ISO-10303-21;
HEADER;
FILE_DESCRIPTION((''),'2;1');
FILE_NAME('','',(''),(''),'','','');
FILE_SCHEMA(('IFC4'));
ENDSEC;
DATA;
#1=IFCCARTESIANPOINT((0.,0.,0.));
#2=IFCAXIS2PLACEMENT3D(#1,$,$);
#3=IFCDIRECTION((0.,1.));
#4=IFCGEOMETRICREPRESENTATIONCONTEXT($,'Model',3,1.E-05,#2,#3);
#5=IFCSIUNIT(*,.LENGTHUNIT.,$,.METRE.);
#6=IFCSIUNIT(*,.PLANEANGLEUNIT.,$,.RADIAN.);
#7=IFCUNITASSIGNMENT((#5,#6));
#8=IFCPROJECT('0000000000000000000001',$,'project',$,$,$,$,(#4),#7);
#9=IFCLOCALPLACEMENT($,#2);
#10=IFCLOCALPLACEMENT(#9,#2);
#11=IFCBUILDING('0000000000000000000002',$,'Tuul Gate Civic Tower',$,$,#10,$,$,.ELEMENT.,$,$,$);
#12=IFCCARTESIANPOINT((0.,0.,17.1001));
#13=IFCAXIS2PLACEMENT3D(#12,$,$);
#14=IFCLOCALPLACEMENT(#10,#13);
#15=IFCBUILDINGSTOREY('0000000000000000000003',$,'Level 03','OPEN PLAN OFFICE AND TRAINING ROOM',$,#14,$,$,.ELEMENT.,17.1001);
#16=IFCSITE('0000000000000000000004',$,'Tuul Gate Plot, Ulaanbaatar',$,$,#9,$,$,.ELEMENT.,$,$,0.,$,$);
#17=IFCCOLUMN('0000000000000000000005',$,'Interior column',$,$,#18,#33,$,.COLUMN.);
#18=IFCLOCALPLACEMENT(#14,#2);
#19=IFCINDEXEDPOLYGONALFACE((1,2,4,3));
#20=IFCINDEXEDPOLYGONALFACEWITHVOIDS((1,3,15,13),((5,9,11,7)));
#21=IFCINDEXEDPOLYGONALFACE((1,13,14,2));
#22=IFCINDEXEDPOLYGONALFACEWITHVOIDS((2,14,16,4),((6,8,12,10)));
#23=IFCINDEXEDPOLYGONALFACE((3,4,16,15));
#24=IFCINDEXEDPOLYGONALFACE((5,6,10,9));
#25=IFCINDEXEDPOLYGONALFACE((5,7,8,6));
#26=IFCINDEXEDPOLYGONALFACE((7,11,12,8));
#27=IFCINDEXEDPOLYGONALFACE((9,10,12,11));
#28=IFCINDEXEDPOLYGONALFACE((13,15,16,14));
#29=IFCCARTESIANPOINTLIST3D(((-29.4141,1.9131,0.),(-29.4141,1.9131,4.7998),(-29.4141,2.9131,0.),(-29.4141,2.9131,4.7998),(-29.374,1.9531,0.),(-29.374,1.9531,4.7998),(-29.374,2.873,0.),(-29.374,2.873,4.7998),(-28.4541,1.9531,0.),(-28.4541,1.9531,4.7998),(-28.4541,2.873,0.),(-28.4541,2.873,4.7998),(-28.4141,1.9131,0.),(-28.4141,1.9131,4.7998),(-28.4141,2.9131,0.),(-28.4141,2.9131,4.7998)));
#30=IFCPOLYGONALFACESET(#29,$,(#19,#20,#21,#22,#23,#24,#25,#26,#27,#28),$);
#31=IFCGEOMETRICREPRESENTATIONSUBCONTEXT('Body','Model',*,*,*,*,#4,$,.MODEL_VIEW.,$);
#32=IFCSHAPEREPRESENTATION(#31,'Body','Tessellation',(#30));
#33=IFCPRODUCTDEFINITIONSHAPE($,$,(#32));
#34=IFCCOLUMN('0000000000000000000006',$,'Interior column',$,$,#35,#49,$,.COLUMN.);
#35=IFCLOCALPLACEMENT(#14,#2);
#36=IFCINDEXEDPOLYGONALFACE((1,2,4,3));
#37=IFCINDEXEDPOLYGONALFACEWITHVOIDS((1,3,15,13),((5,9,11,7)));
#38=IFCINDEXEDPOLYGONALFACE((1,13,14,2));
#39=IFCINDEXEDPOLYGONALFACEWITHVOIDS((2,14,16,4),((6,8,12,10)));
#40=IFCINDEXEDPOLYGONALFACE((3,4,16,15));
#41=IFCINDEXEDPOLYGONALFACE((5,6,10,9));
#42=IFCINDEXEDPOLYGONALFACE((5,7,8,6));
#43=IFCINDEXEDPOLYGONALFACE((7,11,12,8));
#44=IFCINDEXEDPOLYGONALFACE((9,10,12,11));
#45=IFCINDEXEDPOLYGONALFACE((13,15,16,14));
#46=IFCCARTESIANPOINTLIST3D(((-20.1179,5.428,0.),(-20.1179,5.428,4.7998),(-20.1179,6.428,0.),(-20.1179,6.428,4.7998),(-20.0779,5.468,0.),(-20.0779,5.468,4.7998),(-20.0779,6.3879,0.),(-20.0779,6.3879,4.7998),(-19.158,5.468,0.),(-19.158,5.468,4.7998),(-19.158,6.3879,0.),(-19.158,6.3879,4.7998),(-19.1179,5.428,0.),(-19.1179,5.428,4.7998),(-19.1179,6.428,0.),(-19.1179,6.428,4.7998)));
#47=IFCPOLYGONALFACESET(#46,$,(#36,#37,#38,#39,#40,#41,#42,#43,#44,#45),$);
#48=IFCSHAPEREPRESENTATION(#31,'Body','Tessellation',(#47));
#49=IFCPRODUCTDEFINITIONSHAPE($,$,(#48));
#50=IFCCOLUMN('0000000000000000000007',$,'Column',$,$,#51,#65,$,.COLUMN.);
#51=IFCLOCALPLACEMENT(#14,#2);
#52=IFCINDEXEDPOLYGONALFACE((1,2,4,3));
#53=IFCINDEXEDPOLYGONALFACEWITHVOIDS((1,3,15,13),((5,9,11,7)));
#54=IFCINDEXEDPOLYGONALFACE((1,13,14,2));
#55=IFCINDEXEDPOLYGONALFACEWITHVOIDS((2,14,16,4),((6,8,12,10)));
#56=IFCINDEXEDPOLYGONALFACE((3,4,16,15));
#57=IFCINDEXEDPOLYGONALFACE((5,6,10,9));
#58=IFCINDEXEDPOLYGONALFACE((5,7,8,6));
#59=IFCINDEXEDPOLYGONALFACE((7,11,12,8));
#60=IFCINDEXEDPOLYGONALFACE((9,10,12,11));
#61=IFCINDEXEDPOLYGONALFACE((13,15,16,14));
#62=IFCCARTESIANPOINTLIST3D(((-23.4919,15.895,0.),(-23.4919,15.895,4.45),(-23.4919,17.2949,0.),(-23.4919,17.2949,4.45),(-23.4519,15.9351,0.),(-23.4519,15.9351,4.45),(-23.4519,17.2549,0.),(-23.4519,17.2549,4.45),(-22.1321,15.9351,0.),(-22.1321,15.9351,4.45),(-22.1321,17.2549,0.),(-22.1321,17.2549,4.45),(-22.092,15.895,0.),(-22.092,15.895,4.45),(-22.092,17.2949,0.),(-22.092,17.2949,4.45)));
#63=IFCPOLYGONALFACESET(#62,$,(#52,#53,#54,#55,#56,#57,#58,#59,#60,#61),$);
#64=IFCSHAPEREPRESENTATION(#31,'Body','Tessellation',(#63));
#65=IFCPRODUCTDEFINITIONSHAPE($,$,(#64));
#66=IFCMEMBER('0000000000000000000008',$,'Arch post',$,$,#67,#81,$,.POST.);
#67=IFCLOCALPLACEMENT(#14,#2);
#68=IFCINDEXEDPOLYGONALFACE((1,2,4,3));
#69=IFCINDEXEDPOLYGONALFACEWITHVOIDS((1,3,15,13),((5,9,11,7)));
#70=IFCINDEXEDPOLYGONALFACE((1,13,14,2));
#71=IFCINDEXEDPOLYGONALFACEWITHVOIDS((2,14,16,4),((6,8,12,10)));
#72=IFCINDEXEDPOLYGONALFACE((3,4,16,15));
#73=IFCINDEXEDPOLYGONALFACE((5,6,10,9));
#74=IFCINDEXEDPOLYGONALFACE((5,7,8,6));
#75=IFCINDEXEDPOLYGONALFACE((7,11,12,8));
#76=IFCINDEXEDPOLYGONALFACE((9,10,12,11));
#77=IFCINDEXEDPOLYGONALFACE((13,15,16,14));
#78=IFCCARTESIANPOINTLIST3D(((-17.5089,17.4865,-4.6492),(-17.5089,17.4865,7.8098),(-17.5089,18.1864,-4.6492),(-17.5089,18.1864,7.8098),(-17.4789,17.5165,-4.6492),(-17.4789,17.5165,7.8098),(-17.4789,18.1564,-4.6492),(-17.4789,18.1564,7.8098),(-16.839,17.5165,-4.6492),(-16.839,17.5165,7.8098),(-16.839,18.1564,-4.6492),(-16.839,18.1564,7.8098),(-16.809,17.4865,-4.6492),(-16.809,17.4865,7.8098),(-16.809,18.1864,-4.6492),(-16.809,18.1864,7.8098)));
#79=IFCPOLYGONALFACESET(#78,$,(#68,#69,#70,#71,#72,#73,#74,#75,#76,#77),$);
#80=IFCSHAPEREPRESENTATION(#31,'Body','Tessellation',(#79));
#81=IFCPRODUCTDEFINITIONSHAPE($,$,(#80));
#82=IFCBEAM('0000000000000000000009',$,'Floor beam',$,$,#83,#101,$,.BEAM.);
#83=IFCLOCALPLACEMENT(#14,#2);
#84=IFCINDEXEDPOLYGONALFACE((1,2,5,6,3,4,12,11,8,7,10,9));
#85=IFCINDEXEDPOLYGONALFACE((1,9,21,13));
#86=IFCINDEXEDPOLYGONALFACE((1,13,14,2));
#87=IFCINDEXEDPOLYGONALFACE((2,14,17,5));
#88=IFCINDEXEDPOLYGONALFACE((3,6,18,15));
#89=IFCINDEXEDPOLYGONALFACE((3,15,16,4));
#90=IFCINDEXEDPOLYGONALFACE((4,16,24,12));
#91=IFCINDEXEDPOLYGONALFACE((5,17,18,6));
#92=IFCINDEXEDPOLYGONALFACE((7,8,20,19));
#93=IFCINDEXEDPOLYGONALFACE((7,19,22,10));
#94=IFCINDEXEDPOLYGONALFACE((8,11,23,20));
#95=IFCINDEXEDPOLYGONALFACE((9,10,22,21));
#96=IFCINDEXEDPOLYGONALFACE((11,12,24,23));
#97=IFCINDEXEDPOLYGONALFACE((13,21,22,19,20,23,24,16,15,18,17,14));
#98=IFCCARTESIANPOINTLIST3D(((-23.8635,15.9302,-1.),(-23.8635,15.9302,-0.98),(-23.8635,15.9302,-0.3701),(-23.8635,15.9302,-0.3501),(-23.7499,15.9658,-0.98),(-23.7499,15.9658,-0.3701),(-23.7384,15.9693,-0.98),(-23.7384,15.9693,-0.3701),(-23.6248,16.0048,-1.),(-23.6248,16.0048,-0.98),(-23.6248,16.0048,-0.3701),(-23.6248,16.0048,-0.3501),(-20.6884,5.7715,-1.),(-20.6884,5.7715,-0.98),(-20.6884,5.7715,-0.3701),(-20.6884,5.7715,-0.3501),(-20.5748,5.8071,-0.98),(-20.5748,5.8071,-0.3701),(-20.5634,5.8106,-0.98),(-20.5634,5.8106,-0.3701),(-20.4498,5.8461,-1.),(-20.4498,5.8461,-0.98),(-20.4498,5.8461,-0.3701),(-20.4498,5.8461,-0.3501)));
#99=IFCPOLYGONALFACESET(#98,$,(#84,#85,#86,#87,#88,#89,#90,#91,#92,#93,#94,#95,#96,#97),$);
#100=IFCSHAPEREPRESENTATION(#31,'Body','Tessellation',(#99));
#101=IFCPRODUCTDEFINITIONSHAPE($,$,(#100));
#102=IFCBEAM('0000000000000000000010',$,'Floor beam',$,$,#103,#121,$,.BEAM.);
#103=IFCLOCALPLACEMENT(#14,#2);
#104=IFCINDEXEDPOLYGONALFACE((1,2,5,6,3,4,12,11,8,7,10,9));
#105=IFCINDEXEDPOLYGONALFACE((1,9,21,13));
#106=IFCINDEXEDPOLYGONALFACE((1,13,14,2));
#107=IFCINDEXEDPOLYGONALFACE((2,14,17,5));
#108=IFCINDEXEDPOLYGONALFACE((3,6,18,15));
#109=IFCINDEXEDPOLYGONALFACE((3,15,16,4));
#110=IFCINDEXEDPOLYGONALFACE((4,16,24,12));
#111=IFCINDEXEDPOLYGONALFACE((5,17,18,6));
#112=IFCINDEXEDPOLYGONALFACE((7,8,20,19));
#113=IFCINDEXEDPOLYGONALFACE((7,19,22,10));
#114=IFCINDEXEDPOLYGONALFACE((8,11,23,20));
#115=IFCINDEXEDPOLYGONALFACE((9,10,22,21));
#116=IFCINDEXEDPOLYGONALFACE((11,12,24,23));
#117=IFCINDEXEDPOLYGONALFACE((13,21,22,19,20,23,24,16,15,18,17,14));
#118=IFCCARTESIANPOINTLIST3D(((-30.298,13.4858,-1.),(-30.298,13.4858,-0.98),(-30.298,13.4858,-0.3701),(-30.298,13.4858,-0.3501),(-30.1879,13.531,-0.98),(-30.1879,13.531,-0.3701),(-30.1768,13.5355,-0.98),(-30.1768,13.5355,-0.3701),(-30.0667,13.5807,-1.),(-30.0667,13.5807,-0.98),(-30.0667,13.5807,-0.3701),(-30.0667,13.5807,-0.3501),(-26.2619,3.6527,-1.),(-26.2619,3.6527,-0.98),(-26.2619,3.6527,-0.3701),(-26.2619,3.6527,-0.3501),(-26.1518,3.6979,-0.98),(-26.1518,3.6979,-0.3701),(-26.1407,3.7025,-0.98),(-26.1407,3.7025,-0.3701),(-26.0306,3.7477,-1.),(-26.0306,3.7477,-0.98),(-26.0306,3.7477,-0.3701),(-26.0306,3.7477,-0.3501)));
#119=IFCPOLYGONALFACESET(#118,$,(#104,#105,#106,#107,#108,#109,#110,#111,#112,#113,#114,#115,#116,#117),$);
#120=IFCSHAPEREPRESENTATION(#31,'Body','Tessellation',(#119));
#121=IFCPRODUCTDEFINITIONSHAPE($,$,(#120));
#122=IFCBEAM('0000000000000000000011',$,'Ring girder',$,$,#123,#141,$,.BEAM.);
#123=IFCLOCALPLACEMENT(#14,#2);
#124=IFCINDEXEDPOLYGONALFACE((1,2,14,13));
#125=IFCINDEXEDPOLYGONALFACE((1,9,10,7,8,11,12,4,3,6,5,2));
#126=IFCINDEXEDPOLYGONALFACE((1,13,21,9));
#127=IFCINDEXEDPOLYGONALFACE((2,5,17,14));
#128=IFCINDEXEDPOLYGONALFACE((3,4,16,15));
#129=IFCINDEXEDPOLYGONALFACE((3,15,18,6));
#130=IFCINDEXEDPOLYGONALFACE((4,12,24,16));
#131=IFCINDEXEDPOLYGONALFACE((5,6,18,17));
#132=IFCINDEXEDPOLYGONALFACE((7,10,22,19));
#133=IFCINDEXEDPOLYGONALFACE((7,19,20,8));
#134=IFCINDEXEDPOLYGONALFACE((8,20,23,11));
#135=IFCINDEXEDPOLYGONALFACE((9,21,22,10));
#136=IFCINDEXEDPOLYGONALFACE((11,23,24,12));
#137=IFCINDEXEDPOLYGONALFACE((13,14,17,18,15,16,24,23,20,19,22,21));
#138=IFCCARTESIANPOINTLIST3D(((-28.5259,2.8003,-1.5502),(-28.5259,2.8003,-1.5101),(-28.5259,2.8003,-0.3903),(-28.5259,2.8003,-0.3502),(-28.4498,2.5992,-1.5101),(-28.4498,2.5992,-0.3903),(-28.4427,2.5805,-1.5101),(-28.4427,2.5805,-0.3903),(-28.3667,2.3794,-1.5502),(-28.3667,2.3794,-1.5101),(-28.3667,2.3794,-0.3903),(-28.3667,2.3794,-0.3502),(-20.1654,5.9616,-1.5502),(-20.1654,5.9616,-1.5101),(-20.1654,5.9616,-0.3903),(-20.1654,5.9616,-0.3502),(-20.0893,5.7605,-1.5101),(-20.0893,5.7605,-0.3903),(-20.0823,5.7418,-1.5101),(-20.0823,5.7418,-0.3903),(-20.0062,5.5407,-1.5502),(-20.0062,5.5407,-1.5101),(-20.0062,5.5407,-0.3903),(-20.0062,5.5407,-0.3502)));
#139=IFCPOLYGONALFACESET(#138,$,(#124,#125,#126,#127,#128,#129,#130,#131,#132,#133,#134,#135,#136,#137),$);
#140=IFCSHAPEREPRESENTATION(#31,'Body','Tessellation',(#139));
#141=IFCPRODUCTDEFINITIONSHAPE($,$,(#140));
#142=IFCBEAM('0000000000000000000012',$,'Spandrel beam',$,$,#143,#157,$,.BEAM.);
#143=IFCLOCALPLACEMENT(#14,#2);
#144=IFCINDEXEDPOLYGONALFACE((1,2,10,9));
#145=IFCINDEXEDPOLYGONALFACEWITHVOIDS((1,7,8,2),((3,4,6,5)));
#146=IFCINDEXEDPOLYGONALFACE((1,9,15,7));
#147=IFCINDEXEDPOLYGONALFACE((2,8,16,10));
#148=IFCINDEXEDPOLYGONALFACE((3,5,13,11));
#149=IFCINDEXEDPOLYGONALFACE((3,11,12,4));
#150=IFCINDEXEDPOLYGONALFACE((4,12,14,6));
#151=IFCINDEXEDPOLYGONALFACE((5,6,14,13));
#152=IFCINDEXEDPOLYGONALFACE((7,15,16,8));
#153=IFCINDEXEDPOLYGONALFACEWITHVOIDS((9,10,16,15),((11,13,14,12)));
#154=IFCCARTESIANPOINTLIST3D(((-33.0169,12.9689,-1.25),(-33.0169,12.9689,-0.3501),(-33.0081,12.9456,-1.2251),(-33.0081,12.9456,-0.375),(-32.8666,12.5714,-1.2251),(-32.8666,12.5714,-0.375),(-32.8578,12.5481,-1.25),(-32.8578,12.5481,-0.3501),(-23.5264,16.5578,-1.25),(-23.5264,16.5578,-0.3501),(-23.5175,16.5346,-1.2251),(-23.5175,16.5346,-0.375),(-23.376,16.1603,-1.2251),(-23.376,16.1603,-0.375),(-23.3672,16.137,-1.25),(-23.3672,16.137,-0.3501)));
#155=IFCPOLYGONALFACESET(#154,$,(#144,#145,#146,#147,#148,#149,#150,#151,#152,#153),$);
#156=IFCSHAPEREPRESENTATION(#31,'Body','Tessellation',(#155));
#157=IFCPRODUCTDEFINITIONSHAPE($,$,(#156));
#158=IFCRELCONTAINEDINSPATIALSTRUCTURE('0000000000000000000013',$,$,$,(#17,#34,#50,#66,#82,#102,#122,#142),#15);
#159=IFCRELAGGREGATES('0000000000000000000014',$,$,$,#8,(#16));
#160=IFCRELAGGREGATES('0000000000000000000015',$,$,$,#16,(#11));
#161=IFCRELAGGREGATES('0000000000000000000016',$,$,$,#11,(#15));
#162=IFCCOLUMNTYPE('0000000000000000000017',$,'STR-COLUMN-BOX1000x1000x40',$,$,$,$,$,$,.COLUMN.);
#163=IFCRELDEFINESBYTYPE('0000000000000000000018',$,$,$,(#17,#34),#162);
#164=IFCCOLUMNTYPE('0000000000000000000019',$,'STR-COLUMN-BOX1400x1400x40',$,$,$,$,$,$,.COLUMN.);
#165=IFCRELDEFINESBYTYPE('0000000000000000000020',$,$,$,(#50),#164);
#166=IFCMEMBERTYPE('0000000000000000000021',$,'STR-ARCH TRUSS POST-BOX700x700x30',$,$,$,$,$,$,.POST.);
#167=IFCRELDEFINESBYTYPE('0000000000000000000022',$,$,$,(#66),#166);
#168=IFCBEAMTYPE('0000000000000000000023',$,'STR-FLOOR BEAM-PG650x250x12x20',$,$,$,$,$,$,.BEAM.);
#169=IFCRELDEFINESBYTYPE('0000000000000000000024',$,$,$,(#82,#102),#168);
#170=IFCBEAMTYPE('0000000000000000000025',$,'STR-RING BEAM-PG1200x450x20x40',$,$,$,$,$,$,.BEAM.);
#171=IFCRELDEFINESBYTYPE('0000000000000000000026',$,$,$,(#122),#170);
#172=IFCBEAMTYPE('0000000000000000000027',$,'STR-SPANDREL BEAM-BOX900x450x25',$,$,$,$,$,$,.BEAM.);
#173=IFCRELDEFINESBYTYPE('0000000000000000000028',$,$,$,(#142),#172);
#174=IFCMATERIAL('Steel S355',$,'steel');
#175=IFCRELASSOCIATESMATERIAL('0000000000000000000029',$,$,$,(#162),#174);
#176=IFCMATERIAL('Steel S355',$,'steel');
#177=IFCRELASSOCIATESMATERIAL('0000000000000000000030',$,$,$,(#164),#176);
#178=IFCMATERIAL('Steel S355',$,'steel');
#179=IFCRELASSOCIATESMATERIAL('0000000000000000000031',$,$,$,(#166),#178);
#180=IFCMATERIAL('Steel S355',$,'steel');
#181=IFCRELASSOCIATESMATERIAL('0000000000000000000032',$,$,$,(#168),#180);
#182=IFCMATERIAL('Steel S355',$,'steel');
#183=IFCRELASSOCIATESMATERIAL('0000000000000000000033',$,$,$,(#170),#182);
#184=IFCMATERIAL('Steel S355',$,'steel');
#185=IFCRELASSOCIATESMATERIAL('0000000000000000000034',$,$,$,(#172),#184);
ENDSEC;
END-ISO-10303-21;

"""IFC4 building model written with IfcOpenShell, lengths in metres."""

from ifc_helpers import new_model, si_unit, direction, frame, origin, origin_2d, place, context, subcontext, project, spatial, hollow_rectangle, i_section, extrude, material, material_profile, profile_set, type_object, element, save


model = new_model("IFC4")

# Units and contexts
model_context = context("Model", 3, precision=1e-05, world=origin(), true_north=direction((0.0, 1.0)))
body_context = subcontext(model_context, "Body", "Model", "MODEL_VIEW")
ifc_project = project(units=[si_unit("LENGTHUNIT", "METRE"), si_unit("PLANEANGLEUNIT", "RADIAN")], contexts=[model_context])

# Site, building, storey
site_placement = place(None, origin())
site = spatial("IfcSite", under=ifc_project, at=site_placement, Name="Tuul Gate Plot, Ulaanbaatar", CompositionType="ELEMENT", RefElevation=0.0)
building_placement = place(site_placement, origin())
building = spatial("IfcBuilding", under=site, at=building_placement, Name="Tuul Gate Civic Tower", CompositionType="ELEMENT")
storey_placement = place(building_placement, frame((0.0, 0.0, 17.1001)))
storey = spatial("IfcBuildingStorey", under=building, at=storey_placement, Name="Level 03", Description="OPEN PLAN OFFICE AND TRAINING ROOM", CompositionType="ELEMENT", Elevation=17.1001)

# Columns
ifc_material_1 = material(Name="Steel S355", Category="steel")
ifc_material_profile_1 = material_profile(ifc_material_1, hollow_rectangle(XDim=1.0, YDim=1.0, WallThickness=0.04, at=origin_2d()), Name="BOX1000x1000x40")
ifc_profile_set_1 = profile_set([ifc_material_profile_1], Name="Steel S355")
column_type_1 = type_object("IfcColumnType", Name="STR-COLUMN-BOX1000x1000x40", PredefinedType="COLUMN", material=ifc_profile_set_1)
for number, where, z_axis, x_axis, name in (
    (1, (-28.9141, 2.4131, 0.0), (0.0, 0.0, 1.0), (1.0, 0.0, 0.0), "Interior column"),
    (2, (-19.6179, 5.928, 0.0), (0.0, 0.0, 1.0), (1.0, 0.0, 0.0), "Interior column"),
):
    element("IfcColumn", number, at=place(storey_placement, frame(where, z_axis=z_axis, x_axis=x_axis)), inside=storey, type_object=column_type_1, Name=name, PredefinedType="COLUMN", context=body_context, shape_type="SweptSolid", body=[
        extrude(hollow_rectangle(XDim=1.0, YDim=1.0, WallThickness=0.04, at=origin_2d()), origin(), (0.0, 0.0, 1.0), 4.7998),
    ])
ifc_material_2 = material(Name="Steel S355", Category="steel")
ifc_material_profile_2 = material_profile(ifc_material_2, hollow_rectangle(XDim=1.3999, YDim=1.3999, WallThickness=0.04, at=origin_2d()), Name="BOX1400x1400x40")
ifc_profile_set_2 = profile_set([ifc_material_profile_2], Name="Steel S355")
column_type_2 = type_object("IfcColumnType", Name="STR-COLUMN-BOX1400x1400x40", PredefinedType="COLUMN", material=ifc_profile_set_2)
column_placement = place(storey_placement, frame((-22.792, 16.595, 0.0), z_axis=(0.0, 0.0, 1.0), x_axis=(1.0, 0.0, 0.0)))
element("IfcColumn", 3, at=column_placement, inside=storey, type_object=column_type_2, Name="Column", PredefinedType="COLUMN", context=body_context, shape_type="SweptSolid", body=[
    extrude(hollow_rectangle(XDim=1.3999, YDim=1.3999, WallThickness=0.04, at=origin_2d()), origin(), (0.0, 0.0, 1.0), 4.45),
])

# Member
ifc_material_3 = material(Name="Steel S355", Category="steel")
ifc_material_profile_3 = material_profile(ifc_material_3, hollow_rectangle(XDim=0.7, YDim=0.7, WallThickness=0.03, at=origin_2d()), Name="BOX700x700x30")
ifc_profile_set_3 = profile_set([ifc_material_profile_3], Name="Steel S355")
member_type = type_object("IfcMemberType", Name="STR-ARCH TRUSS POST-BOX700x700x30", PredefinedType="POST", material=ifc_profile_set_3)
member_placement = place(storey_placement, frame((-17.1589, 17.8364, -4.6492), z_axis=(0.0, 0.0, 1.0), x_axis=(1.0, 0.0, 0.0)))
element("IfcMember", 4, at=member_placement, inside=storey, type_object=member_type, Name="Arch post", PredefinedType="POST", context=body_context, shape_type="SweptSolid", body=[
    extrude(hollow_rectangle(XDim=0.7, YDim=0.7, WallThickness=0.03, at=origin_2d()), origin(), (0.0, 0.0, 1.0), 12.459),
])

# Beams
ifc_material_4 = material(Name="Steel S355", Category="steel")
ifc_material_profile_4 = material_profile(ifc_material_4, i_section(OverallWidth=0.25, OverallDepth=0.6499, WebThickness=0.012, FlangeThickness=0.02, at=origin_2d()), Name="PG650x250x12x20")
ifc_profile_set_4 = profile_set([ifc_material_profile_4], Name="Steel S355")
beam_type_1 = type_object("IfcBeamType", Name="STR-FLOOR BEAM-PG650x250x12x20", PredefinedType="BEAM", material=ifc_profile_set_4)
beam_1_placement = place(storey_placement, frame((-20.5691, 5.8088, -0.675), z_axis=(-0.298314, 0.954468, 0.0), x_axis=(-0.954468, -0.298314, 0.0)))
element("IfcBeam", 5, at=beam_1_placement, inside=storey, type_object=beam_type_1, Name="Floor beam", PredefinedType="BEAM", context=body_context, shape_type="SweptSolid", body=[
    extrude(i_section(OverallWidth=0.25, OverallDepth=0.6499, WebThickness=0.012, FlangeThickness=0.02, at=origin_2d()), origin(), (0.0, 0.0, 1.0), 10.6433),
])
beam_2_placement = place(storey_placement, frame((-26.1462, 3.7002, -0.675), z_axis=(-0.379724, 0.9251, 0.0), x_axis=(-0.9251, -0.379724, 0.0)))
element("IfcBeam", 6, at=beam_2_placement, inside=storey, type_object=beam_type_1, Name="Floor beam", PredefinedType="BEAM", context=body_context, shape_type="SweptSolid", body=[
    extrude(i_section(OverallWidth=0.25, OverallDepth=0.6499, WebThickness=0.012, FlangeThickness=0.02, at=origin_2d()), origin(), (0.0, 0.0, 1.0), 10.6292),
])
ifc_material_5 = material(Name="Steel S355", Category="steel")
ifc_material_profile_5 = material_profile(ifc_material_5, i_section(OverallWidth=0.45, OverallDepth=1.2, WebThickness=0.02, FlangeThickness=0.04, at=origin_2d()), Name="PG1200x450x20x40")
ifc_profile_set_5 = profile_set([ifc_material_profile_5], Name="Steel S355")
beam_type_2 = type_object("IfcBeamType", Name="STR-RING BEAM-PG1200x450x20x40", PredefinedType="BEAM", material=ifc_profile_set_5)
beam_3_placement = place(storey_placement, frame((-28.4463, 2.5898, -0.9502), z_axis=(0.935364, 0.353687, 0.0), x_axis=(-0.353687, 0.935364, 0.0)))
element("IfcBeam", 7, at=beam_3_placement, inside=storey, type_object=beam_type_2, Name="Ring girder", PredefinedType="BEAM", context=body_context, shape_type="SweptSolid", body=[
    extrude(i_section(OverallWidth=0.45, OverallDepth=1.2, WebThickness=0.02, FlangeThickness=0.04, at=origin_2d()), origin(), (0.0, 0.0, 1.0), 8.9382),
])
ifc_material_6 = material(Name="Steel S355", Category="steel")
ifc_material_profile_6 = material_profile(ifc_material_6, hollow_rectangle(XDim=0.45, YDim=0.8999, WallThickness=0.0249, at=origin_2d()), Name="BOX900x450x25")
ifc_profile_set_6 = profile_set([ifc_material_profile_6], Name="Steel S355")
beam_type_3 = type_object("IfcBeamType", Name="STR-SPANDREL BEAM-BOX900x450x25", PredefinedType="BEAM", material=ifc_profile_set_6)
beam_4_placement = place(storey_placement, frame((-23.4468, 16.3474, -0.8), z_axis=(-0.935356, -0.353709, 0.0), x_axis=(0.353709, -0.935356, 0.0)))
element("IfcBeam", 8, at=beam_4_placement, inside=storey, type_object=beam_type_3, Name="Spandrel beam", PredefinedType="BEAM", context=body_context, shape_type="SweptSolid", body=[
    extrude(hollow_rectangle(XDim=0.45, YDim=0.8999, WallThickness=0.0249, at=origin_2d()), origin(), (0.0, 0.0, 1.0), 10.1465),
])

save(model, "model.ifc")
